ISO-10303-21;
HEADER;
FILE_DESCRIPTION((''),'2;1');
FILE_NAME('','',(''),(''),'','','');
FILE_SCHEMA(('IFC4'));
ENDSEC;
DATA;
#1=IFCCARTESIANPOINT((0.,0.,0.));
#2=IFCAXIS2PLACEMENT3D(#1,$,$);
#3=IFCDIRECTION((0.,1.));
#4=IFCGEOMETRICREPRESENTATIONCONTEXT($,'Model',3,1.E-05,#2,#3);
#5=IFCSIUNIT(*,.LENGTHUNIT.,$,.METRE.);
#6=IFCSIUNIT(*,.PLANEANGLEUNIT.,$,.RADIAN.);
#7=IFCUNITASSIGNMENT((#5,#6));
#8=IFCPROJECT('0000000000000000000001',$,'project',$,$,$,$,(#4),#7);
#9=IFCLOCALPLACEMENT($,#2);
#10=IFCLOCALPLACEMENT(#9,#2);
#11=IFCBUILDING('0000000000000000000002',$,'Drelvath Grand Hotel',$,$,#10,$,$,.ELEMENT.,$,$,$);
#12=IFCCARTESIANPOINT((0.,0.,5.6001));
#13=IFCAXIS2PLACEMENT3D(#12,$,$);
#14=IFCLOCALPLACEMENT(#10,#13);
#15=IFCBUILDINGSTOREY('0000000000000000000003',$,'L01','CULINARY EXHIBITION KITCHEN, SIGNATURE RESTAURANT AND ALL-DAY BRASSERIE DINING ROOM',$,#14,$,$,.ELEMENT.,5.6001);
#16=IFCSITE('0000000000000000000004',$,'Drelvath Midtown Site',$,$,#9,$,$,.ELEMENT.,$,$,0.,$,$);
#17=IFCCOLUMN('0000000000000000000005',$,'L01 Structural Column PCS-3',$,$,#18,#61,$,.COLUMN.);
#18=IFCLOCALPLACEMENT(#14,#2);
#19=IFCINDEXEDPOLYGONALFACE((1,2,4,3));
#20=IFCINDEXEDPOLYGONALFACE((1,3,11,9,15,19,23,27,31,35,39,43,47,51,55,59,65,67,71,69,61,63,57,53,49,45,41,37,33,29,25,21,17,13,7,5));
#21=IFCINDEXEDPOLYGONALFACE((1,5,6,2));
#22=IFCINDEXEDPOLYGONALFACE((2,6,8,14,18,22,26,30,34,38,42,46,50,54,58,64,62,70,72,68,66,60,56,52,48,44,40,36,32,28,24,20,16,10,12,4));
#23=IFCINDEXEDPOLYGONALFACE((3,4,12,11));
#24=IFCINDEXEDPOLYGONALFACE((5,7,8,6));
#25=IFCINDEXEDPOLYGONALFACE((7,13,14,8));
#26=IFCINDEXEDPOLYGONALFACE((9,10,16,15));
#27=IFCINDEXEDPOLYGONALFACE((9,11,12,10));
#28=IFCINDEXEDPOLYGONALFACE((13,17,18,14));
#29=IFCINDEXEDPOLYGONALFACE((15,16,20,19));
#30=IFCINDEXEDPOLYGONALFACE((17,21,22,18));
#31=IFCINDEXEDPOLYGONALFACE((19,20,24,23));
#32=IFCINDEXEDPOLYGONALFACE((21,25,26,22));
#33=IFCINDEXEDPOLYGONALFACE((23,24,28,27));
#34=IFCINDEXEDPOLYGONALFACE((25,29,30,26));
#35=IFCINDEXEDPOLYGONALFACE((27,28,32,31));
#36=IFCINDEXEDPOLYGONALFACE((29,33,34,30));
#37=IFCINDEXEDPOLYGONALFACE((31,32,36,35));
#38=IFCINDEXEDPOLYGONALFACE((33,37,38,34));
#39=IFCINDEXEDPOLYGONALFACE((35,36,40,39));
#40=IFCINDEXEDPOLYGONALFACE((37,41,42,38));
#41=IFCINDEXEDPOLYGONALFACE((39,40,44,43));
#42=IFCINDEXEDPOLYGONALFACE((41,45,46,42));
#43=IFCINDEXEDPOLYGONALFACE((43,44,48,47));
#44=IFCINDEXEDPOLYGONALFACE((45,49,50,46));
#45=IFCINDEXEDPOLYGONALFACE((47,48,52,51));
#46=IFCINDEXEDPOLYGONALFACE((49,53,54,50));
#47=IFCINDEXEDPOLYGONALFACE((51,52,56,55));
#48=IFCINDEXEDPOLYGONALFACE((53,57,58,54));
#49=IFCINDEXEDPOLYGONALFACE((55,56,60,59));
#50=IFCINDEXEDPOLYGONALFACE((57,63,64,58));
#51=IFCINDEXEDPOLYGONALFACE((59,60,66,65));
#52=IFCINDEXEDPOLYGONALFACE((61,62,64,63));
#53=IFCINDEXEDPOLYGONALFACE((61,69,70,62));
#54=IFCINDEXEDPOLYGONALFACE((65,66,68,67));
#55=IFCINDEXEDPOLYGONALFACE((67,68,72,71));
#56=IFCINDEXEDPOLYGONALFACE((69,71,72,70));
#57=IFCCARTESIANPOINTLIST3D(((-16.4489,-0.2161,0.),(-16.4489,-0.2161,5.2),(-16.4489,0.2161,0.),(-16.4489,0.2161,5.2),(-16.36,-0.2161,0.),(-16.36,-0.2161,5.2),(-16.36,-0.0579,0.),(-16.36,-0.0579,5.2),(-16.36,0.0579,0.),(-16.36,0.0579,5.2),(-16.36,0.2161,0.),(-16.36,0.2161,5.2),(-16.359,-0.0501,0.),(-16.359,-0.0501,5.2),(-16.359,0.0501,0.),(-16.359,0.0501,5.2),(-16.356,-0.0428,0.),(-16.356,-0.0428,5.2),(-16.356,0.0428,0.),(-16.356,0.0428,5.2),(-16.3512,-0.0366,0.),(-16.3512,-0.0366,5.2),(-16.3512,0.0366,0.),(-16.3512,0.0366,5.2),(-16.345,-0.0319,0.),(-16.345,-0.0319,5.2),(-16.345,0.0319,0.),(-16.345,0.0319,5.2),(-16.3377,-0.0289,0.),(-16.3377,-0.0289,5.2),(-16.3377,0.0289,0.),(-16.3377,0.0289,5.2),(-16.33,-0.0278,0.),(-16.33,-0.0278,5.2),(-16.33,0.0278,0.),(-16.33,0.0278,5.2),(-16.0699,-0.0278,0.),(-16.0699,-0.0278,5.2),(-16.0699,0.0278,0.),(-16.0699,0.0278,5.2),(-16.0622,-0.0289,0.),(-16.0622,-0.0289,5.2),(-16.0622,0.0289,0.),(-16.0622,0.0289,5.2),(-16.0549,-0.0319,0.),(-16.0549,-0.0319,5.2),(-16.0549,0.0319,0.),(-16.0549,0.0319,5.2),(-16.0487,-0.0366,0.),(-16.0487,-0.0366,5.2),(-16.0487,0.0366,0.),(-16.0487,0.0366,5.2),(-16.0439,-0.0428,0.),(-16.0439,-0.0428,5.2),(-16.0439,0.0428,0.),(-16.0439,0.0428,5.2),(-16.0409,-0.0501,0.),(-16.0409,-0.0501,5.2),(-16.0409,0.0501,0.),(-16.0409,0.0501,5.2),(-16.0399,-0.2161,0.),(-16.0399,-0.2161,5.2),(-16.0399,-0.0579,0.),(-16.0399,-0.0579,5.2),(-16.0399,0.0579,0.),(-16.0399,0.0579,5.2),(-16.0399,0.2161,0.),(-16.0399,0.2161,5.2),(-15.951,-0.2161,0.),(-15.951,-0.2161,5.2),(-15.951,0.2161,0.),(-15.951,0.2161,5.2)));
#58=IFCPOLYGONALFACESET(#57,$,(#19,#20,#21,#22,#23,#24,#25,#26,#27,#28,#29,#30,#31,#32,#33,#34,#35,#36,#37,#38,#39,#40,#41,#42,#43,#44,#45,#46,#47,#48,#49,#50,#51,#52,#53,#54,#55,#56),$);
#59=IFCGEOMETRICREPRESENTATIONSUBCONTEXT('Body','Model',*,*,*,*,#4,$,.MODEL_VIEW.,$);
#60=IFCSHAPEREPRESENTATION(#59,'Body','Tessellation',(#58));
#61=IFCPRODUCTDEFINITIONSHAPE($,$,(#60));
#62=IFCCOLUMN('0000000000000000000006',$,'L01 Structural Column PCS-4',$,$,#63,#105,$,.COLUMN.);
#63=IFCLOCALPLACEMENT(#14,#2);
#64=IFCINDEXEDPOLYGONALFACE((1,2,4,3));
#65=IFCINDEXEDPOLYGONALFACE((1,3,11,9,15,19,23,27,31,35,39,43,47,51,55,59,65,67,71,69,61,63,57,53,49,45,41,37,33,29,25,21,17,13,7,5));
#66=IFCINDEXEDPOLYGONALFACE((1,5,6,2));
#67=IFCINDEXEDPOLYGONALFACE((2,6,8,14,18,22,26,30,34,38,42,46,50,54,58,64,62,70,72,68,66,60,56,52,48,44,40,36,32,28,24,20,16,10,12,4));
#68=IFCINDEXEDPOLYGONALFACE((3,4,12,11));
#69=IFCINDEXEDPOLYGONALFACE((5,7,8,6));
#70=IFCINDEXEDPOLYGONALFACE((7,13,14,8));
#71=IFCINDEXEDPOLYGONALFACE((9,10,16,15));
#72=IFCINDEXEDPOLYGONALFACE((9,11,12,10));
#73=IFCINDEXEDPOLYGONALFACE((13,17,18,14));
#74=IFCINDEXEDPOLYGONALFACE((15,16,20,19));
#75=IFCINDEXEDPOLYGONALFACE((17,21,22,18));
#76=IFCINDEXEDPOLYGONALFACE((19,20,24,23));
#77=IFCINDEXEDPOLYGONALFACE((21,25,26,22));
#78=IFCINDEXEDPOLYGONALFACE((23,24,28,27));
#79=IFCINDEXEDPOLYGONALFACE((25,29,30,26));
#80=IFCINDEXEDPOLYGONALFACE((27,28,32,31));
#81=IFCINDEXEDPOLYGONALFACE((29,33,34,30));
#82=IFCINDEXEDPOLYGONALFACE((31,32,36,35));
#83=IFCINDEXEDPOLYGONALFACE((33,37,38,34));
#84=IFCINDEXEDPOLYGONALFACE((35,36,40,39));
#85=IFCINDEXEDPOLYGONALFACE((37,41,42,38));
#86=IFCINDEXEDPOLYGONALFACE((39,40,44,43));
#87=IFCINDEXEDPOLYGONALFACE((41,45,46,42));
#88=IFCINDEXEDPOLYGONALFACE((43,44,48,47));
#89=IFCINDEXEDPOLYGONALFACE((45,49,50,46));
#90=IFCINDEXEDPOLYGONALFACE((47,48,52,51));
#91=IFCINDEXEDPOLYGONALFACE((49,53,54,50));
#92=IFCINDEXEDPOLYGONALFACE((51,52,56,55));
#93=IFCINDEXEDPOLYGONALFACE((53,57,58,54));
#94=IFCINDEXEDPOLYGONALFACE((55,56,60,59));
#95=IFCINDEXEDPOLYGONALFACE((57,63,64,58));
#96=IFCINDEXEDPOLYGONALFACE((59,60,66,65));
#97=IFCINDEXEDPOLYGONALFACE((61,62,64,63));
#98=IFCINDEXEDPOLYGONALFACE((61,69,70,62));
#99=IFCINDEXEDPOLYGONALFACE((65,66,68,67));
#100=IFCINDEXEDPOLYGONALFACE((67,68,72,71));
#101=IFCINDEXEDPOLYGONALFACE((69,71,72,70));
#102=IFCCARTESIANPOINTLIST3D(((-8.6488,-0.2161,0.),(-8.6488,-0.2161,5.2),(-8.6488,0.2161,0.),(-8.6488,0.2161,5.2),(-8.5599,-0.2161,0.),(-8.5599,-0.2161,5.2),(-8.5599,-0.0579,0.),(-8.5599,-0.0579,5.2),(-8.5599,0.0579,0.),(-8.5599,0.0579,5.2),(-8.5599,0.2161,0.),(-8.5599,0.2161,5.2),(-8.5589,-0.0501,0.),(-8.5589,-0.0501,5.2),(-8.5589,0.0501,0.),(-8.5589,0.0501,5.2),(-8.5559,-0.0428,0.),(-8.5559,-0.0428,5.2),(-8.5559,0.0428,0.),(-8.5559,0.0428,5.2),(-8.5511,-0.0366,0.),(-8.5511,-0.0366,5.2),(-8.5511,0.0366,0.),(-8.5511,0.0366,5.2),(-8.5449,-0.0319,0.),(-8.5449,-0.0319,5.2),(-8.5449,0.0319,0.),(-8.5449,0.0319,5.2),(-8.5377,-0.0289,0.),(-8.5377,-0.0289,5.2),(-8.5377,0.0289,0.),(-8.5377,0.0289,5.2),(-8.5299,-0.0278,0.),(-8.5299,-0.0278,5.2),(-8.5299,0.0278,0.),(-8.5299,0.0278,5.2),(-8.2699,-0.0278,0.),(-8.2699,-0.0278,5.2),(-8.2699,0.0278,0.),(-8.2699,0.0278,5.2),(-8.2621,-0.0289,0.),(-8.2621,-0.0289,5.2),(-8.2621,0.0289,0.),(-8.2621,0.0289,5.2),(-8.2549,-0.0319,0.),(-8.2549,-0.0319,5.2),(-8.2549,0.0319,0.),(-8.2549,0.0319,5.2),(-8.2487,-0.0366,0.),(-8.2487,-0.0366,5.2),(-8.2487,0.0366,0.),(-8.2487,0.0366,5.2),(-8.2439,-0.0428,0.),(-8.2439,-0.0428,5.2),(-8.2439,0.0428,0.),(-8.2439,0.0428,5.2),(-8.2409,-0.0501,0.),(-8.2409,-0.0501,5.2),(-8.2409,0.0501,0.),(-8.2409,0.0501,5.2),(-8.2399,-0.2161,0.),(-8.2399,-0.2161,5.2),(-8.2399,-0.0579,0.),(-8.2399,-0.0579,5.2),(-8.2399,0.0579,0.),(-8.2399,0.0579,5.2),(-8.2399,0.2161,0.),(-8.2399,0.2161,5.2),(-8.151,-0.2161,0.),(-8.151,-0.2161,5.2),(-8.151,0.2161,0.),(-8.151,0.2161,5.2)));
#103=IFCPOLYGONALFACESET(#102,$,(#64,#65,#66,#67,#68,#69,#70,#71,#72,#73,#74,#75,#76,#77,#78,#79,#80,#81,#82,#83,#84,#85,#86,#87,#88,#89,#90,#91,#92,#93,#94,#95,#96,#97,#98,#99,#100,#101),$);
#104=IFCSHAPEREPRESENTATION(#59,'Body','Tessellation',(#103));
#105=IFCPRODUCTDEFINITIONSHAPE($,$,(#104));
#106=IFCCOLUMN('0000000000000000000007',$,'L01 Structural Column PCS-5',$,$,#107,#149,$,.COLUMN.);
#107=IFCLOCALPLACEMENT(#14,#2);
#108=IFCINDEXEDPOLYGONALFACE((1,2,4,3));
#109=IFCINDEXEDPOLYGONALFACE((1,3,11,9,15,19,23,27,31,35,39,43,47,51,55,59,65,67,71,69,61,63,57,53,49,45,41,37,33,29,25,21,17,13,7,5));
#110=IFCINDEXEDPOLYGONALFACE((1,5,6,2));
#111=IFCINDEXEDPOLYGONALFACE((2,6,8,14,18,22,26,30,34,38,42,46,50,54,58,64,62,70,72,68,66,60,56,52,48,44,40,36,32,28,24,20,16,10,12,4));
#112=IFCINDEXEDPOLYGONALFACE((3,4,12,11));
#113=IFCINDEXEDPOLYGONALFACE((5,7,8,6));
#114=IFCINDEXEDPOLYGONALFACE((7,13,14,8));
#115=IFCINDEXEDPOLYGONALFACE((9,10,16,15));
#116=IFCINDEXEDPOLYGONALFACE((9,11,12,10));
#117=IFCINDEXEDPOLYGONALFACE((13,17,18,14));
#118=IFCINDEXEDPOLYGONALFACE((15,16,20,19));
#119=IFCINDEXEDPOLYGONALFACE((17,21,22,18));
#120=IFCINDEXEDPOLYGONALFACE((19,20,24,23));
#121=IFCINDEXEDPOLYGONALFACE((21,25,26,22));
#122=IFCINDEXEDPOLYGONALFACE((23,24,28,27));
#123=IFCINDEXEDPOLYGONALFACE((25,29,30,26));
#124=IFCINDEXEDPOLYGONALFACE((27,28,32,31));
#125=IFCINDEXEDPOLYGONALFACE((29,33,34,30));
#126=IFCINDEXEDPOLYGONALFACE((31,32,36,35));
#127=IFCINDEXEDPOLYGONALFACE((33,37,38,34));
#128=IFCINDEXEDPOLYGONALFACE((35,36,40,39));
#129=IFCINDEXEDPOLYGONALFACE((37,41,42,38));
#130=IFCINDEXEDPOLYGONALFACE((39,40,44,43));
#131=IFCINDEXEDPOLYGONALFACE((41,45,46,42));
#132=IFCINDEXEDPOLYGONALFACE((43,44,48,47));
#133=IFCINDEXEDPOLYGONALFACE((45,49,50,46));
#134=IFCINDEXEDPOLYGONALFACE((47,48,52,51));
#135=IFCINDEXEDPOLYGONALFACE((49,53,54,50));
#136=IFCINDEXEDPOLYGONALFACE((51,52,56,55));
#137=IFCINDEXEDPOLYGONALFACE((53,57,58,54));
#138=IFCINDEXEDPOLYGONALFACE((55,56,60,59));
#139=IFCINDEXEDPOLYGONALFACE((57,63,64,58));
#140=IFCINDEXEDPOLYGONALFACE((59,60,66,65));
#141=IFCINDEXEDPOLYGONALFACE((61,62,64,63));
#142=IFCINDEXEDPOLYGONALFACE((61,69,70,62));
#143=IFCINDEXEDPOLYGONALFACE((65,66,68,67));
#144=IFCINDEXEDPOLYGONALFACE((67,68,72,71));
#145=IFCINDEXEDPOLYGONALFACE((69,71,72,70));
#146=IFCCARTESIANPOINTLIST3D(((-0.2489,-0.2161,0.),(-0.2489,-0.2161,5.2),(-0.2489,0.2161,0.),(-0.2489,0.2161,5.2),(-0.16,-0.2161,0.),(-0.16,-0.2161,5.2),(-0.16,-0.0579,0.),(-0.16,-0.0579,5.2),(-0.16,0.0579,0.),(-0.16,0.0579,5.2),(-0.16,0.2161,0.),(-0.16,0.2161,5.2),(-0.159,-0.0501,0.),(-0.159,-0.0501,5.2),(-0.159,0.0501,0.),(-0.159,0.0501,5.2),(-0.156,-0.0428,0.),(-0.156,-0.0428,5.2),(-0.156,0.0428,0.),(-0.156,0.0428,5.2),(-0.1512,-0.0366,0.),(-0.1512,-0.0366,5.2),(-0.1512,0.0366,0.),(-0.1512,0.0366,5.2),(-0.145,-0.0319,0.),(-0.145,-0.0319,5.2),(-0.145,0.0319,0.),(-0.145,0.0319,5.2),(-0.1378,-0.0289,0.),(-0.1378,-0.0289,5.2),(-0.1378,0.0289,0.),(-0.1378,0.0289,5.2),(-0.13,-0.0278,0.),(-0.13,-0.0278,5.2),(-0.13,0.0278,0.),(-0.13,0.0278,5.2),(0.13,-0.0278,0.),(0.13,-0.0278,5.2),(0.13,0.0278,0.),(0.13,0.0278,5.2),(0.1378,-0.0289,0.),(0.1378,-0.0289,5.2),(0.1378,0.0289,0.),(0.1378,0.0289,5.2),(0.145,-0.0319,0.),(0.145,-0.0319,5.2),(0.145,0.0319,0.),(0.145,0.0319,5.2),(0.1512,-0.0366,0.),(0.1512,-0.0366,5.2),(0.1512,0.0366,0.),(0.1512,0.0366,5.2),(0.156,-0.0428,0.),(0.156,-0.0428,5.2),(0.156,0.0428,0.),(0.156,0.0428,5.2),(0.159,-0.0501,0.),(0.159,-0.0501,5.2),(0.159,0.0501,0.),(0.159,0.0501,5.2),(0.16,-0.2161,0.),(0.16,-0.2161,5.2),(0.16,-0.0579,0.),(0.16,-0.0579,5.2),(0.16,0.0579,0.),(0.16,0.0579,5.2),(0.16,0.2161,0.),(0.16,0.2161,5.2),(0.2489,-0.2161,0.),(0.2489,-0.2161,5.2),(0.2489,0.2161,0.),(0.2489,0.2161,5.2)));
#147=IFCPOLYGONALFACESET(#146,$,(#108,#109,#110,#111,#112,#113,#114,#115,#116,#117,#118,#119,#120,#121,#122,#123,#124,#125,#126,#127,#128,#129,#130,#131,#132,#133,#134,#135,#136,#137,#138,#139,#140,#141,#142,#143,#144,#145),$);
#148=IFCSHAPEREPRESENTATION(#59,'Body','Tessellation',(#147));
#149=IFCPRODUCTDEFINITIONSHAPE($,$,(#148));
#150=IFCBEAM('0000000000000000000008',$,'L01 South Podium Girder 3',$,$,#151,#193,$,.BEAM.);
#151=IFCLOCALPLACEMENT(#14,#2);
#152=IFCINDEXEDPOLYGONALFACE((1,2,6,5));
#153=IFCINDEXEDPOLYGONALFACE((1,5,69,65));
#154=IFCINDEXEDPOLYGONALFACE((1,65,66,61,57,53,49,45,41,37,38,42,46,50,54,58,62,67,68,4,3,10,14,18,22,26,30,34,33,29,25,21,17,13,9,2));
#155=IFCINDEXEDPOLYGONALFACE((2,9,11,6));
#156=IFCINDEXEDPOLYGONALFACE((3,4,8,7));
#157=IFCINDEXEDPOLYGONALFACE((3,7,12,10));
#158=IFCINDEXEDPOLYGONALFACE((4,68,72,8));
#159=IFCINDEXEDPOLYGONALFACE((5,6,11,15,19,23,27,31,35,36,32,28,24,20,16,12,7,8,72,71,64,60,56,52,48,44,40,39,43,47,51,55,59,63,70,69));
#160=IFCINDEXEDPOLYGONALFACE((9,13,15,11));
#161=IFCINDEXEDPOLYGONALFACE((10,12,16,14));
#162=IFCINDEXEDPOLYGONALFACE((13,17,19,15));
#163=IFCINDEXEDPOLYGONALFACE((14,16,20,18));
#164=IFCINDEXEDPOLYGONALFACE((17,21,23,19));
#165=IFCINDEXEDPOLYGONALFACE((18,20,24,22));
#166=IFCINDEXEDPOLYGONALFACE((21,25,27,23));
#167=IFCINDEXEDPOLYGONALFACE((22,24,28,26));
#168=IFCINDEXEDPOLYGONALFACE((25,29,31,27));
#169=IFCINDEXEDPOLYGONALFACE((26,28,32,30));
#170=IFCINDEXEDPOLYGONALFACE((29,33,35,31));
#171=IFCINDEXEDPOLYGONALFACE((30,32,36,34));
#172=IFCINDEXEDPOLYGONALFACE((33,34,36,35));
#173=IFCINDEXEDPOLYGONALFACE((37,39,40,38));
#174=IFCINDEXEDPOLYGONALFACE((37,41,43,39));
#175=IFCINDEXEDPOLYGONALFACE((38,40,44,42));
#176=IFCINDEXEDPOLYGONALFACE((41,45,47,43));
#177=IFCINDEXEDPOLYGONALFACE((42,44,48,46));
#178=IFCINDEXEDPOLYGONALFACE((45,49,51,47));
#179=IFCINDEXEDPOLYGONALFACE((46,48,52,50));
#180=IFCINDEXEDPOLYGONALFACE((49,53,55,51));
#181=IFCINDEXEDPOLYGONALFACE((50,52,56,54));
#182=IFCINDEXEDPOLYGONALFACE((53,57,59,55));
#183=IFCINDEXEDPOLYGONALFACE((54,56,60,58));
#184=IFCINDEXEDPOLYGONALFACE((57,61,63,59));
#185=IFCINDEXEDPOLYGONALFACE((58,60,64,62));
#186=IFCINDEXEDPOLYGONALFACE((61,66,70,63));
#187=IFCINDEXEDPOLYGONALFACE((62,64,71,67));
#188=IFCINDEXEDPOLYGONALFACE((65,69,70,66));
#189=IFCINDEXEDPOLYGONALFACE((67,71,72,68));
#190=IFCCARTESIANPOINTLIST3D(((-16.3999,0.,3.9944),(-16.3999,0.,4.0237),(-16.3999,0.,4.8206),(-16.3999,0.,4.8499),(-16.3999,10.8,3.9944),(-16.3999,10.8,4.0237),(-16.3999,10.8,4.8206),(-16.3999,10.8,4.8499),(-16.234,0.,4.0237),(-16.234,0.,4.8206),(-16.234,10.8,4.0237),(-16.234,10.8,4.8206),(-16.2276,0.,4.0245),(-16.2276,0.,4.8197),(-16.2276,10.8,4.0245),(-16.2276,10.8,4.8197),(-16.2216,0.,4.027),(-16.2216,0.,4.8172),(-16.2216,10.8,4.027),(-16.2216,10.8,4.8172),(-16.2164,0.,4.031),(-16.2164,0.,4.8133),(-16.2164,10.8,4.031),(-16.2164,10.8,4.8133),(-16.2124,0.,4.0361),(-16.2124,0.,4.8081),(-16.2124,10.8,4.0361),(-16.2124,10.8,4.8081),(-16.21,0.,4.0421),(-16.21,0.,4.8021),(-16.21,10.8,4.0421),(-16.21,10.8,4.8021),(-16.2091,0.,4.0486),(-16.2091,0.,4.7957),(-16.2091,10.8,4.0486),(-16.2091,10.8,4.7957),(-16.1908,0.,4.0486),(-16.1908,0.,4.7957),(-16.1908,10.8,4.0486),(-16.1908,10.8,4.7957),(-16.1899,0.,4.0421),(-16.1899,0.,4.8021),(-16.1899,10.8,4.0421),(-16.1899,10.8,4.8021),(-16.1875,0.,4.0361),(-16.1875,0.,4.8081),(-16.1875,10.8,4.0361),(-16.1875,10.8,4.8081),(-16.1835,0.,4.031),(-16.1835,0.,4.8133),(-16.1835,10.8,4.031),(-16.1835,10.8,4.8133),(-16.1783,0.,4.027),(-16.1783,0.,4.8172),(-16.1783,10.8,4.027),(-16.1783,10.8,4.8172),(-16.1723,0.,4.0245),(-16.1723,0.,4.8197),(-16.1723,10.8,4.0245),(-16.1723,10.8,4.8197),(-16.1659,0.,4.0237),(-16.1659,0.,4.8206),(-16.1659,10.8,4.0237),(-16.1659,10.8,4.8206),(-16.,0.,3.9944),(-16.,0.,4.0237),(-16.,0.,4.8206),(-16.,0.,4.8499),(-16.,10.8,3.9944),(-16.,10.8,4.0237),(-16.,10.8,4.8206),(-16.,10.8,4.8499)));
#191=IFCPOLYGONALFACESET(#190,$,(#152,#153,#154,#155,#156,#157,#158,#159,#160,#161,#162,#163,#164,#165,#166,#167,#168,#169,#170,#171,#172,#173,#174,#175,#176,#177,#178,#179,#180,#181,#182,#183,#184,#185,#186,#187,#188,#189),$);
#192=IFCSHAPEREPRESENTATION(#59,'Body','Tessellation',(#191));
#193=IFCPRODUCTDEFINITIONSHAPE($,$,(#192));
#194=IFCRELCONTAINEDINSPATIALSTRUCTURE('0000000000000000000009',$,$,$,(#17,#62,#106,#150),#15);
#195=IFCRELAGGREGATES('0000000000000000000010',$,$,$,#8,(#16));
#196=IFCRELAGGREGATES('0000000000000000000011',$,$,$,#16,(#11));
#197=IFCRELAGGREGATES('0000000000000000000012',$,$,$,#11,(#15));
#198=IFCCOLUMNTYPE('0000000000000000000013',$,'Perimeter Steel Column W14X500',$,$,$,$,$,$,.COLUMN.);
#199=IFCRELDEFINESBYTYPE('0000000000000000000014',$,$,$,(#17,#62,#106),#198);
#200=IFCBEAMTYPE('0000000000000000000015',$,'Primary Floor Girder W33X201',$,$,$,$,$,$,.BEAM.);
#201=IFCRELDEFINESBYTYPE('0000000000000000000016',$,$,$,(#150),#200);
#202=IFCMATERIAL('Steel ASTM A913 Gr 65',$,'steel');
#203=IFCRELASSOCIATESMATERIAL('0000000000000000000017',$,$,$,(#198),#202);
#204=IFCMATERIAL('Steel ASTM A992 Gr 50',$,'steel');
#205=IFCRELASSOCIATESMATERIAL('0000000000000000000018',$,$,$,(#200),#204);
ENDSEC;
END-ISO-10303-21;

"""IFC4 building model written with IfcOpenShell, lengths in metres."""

from ifc_helpers import new_model, si_unit, direction, frame, origin, origin_2d, place, context, subcontext, project, spatial, i_section, extrude, material, material_profile, profile_set, type_object, element, save


model = new_model("IFC4")

# Units and contexts
model_context = context("Model", 3, precision=1e-05, world=origin(), true_north=direction((0.0, 1.0)))
body_context = subcontext(model_context, "Body", "Model", "MODEL_VIEW")
ifc_project = project(units=[si_unit("LENGTHUNIT", "METRE"), si_unit("PLANEANGLEUNIT", "RADIAN")], contexts=[model_context])

# Site, building, storey
site_placement = place(None, origin())
site = spatial("IfcSite", under=ifc_project, at=site_placement, Name="Drelvath Midtown Site", CompositionType="ELEMENT", RefElevation=0.0)
building_placement = place(site_placement, origin())
building = spatial("IfcBuilding", under=site, at=building_placement, Name="Drelvath Grand Hotel", CompositionType="ELEMENT")
storey_placement = place(building_placement, frame((0.0, 0.0, 5.6001)))
storey = spatial("IfcBuildingStorey", under=building, at=storey_placement, Name="L01", Description="CULINARY EXHIBITION KITCHEN, SIGNATURE RESTAURANT AND ALL-DAY BRASSERIE DINING ROOM", CompositionType="ELEMENT", Elevation=5.6001)

# Columns
ifc_material_1 = material(Name="Steel ASTM A913 Gr 65", Category="steel")
ifc_material_profile_1 = material_profile(ifc_material_1, i_section(OverallWidth=0.4321, OverallDepth=0.4978, WebThickness=0.0557, FlangeThickness=0.0889, FilletRadius=0.03, at=origin_2d()), Name="W14X500")
ifc_profile_set_1 = profile_set([ifc_material_profile_1], Name="Steel ASTM A913 Gr 65")
column_type = type_object("IfcColumnType", Name="Perimeter Steel Column W14X500", PredefinedType="COLUMN", material=ifc_profile_set_1)
for number, where, z_axis, x_axis, name in (
    (1, (-16.2, 0.0, 0.0), (0.0, 0.0, 1.0), (0.0, 1.0, 0.0), "L01 Structural Column PCS-3"),
    (2, (-8.3999, 0.0, 0.0), (0.0, 0.0, 1.0), (0.0, 1.0, 0.0), "L01 Structural Column PCS-4"),
    (3, (0.0, 0.0, 0.0), (0.0, 0.0, 1.0), (0.0, 1.0, 0.0), "L01 Structural Column PCS-5"),
):
    element("IfcColumn", number, at=place(storey_placement, frame(where, z_axis=z_axis, x_axis=x_axis)), inside=storey, type_object=column_type, Name=name, PredefinedType="COLUMN", context=body_context, shape_type="SweptSolid", body=[
        extrude(i_section(OverallWidth=0.4321, OverallDepth=0.4978, WebThickness=0.0557, FlangeThickness=0.0889, FilletRadius=0.03, at=origin_2d()), origin(), (0.0, 0.0, 1.0), 5.2),
    ])

# Beam
ifc_material_2 = material(Name="Steel ASTM A992 Gr 50", Category="steel")
ifc_material_profile_2 = material_profile(ifc_material_2, i_section(OverallWidth=0.3999, OverallDepth=0.8555, WebThickness=0.0183, FlangeThickness=0.0293, FilletRadius=0.0249, at=origin_2d()), Name="W33X201")
ifc_profile_set_2 = profile_set([ifc_material_profile_2], Name="Steel ASTM A992 Gr 50")
beam_type_1 = type_object("IfcBeamType", Name="Primary Floor Girder W33X201", PredefinedType="BEAM", material=ifc_profile_set_2)
beam_placement = place(storey_placement, frame((-16.2, 0.0, 4.4221), z_axis=(0.0, 1.0, 0.0), x_axis=(-1.0, 0.0, 0.0)))
element("IfcBeam", 4, at=beam_placement, inside=storey, type_object=beam_type_1, Name="L01 South Podium Girder 3", PredefinedType="BEAM", context=body_context, shape_type="SweptSolid", body=[
    extrude(i_section(OverallWidth=0.3999, OverallDepth=0.8555, WebThickness=0.0183, FlangeThickness=0.0293, FilletRadius=0.0249, at=origin_2d()), origin(), (0.0, 0.0, 1.0), 10.8),
])

save(model, "model.ifc")
